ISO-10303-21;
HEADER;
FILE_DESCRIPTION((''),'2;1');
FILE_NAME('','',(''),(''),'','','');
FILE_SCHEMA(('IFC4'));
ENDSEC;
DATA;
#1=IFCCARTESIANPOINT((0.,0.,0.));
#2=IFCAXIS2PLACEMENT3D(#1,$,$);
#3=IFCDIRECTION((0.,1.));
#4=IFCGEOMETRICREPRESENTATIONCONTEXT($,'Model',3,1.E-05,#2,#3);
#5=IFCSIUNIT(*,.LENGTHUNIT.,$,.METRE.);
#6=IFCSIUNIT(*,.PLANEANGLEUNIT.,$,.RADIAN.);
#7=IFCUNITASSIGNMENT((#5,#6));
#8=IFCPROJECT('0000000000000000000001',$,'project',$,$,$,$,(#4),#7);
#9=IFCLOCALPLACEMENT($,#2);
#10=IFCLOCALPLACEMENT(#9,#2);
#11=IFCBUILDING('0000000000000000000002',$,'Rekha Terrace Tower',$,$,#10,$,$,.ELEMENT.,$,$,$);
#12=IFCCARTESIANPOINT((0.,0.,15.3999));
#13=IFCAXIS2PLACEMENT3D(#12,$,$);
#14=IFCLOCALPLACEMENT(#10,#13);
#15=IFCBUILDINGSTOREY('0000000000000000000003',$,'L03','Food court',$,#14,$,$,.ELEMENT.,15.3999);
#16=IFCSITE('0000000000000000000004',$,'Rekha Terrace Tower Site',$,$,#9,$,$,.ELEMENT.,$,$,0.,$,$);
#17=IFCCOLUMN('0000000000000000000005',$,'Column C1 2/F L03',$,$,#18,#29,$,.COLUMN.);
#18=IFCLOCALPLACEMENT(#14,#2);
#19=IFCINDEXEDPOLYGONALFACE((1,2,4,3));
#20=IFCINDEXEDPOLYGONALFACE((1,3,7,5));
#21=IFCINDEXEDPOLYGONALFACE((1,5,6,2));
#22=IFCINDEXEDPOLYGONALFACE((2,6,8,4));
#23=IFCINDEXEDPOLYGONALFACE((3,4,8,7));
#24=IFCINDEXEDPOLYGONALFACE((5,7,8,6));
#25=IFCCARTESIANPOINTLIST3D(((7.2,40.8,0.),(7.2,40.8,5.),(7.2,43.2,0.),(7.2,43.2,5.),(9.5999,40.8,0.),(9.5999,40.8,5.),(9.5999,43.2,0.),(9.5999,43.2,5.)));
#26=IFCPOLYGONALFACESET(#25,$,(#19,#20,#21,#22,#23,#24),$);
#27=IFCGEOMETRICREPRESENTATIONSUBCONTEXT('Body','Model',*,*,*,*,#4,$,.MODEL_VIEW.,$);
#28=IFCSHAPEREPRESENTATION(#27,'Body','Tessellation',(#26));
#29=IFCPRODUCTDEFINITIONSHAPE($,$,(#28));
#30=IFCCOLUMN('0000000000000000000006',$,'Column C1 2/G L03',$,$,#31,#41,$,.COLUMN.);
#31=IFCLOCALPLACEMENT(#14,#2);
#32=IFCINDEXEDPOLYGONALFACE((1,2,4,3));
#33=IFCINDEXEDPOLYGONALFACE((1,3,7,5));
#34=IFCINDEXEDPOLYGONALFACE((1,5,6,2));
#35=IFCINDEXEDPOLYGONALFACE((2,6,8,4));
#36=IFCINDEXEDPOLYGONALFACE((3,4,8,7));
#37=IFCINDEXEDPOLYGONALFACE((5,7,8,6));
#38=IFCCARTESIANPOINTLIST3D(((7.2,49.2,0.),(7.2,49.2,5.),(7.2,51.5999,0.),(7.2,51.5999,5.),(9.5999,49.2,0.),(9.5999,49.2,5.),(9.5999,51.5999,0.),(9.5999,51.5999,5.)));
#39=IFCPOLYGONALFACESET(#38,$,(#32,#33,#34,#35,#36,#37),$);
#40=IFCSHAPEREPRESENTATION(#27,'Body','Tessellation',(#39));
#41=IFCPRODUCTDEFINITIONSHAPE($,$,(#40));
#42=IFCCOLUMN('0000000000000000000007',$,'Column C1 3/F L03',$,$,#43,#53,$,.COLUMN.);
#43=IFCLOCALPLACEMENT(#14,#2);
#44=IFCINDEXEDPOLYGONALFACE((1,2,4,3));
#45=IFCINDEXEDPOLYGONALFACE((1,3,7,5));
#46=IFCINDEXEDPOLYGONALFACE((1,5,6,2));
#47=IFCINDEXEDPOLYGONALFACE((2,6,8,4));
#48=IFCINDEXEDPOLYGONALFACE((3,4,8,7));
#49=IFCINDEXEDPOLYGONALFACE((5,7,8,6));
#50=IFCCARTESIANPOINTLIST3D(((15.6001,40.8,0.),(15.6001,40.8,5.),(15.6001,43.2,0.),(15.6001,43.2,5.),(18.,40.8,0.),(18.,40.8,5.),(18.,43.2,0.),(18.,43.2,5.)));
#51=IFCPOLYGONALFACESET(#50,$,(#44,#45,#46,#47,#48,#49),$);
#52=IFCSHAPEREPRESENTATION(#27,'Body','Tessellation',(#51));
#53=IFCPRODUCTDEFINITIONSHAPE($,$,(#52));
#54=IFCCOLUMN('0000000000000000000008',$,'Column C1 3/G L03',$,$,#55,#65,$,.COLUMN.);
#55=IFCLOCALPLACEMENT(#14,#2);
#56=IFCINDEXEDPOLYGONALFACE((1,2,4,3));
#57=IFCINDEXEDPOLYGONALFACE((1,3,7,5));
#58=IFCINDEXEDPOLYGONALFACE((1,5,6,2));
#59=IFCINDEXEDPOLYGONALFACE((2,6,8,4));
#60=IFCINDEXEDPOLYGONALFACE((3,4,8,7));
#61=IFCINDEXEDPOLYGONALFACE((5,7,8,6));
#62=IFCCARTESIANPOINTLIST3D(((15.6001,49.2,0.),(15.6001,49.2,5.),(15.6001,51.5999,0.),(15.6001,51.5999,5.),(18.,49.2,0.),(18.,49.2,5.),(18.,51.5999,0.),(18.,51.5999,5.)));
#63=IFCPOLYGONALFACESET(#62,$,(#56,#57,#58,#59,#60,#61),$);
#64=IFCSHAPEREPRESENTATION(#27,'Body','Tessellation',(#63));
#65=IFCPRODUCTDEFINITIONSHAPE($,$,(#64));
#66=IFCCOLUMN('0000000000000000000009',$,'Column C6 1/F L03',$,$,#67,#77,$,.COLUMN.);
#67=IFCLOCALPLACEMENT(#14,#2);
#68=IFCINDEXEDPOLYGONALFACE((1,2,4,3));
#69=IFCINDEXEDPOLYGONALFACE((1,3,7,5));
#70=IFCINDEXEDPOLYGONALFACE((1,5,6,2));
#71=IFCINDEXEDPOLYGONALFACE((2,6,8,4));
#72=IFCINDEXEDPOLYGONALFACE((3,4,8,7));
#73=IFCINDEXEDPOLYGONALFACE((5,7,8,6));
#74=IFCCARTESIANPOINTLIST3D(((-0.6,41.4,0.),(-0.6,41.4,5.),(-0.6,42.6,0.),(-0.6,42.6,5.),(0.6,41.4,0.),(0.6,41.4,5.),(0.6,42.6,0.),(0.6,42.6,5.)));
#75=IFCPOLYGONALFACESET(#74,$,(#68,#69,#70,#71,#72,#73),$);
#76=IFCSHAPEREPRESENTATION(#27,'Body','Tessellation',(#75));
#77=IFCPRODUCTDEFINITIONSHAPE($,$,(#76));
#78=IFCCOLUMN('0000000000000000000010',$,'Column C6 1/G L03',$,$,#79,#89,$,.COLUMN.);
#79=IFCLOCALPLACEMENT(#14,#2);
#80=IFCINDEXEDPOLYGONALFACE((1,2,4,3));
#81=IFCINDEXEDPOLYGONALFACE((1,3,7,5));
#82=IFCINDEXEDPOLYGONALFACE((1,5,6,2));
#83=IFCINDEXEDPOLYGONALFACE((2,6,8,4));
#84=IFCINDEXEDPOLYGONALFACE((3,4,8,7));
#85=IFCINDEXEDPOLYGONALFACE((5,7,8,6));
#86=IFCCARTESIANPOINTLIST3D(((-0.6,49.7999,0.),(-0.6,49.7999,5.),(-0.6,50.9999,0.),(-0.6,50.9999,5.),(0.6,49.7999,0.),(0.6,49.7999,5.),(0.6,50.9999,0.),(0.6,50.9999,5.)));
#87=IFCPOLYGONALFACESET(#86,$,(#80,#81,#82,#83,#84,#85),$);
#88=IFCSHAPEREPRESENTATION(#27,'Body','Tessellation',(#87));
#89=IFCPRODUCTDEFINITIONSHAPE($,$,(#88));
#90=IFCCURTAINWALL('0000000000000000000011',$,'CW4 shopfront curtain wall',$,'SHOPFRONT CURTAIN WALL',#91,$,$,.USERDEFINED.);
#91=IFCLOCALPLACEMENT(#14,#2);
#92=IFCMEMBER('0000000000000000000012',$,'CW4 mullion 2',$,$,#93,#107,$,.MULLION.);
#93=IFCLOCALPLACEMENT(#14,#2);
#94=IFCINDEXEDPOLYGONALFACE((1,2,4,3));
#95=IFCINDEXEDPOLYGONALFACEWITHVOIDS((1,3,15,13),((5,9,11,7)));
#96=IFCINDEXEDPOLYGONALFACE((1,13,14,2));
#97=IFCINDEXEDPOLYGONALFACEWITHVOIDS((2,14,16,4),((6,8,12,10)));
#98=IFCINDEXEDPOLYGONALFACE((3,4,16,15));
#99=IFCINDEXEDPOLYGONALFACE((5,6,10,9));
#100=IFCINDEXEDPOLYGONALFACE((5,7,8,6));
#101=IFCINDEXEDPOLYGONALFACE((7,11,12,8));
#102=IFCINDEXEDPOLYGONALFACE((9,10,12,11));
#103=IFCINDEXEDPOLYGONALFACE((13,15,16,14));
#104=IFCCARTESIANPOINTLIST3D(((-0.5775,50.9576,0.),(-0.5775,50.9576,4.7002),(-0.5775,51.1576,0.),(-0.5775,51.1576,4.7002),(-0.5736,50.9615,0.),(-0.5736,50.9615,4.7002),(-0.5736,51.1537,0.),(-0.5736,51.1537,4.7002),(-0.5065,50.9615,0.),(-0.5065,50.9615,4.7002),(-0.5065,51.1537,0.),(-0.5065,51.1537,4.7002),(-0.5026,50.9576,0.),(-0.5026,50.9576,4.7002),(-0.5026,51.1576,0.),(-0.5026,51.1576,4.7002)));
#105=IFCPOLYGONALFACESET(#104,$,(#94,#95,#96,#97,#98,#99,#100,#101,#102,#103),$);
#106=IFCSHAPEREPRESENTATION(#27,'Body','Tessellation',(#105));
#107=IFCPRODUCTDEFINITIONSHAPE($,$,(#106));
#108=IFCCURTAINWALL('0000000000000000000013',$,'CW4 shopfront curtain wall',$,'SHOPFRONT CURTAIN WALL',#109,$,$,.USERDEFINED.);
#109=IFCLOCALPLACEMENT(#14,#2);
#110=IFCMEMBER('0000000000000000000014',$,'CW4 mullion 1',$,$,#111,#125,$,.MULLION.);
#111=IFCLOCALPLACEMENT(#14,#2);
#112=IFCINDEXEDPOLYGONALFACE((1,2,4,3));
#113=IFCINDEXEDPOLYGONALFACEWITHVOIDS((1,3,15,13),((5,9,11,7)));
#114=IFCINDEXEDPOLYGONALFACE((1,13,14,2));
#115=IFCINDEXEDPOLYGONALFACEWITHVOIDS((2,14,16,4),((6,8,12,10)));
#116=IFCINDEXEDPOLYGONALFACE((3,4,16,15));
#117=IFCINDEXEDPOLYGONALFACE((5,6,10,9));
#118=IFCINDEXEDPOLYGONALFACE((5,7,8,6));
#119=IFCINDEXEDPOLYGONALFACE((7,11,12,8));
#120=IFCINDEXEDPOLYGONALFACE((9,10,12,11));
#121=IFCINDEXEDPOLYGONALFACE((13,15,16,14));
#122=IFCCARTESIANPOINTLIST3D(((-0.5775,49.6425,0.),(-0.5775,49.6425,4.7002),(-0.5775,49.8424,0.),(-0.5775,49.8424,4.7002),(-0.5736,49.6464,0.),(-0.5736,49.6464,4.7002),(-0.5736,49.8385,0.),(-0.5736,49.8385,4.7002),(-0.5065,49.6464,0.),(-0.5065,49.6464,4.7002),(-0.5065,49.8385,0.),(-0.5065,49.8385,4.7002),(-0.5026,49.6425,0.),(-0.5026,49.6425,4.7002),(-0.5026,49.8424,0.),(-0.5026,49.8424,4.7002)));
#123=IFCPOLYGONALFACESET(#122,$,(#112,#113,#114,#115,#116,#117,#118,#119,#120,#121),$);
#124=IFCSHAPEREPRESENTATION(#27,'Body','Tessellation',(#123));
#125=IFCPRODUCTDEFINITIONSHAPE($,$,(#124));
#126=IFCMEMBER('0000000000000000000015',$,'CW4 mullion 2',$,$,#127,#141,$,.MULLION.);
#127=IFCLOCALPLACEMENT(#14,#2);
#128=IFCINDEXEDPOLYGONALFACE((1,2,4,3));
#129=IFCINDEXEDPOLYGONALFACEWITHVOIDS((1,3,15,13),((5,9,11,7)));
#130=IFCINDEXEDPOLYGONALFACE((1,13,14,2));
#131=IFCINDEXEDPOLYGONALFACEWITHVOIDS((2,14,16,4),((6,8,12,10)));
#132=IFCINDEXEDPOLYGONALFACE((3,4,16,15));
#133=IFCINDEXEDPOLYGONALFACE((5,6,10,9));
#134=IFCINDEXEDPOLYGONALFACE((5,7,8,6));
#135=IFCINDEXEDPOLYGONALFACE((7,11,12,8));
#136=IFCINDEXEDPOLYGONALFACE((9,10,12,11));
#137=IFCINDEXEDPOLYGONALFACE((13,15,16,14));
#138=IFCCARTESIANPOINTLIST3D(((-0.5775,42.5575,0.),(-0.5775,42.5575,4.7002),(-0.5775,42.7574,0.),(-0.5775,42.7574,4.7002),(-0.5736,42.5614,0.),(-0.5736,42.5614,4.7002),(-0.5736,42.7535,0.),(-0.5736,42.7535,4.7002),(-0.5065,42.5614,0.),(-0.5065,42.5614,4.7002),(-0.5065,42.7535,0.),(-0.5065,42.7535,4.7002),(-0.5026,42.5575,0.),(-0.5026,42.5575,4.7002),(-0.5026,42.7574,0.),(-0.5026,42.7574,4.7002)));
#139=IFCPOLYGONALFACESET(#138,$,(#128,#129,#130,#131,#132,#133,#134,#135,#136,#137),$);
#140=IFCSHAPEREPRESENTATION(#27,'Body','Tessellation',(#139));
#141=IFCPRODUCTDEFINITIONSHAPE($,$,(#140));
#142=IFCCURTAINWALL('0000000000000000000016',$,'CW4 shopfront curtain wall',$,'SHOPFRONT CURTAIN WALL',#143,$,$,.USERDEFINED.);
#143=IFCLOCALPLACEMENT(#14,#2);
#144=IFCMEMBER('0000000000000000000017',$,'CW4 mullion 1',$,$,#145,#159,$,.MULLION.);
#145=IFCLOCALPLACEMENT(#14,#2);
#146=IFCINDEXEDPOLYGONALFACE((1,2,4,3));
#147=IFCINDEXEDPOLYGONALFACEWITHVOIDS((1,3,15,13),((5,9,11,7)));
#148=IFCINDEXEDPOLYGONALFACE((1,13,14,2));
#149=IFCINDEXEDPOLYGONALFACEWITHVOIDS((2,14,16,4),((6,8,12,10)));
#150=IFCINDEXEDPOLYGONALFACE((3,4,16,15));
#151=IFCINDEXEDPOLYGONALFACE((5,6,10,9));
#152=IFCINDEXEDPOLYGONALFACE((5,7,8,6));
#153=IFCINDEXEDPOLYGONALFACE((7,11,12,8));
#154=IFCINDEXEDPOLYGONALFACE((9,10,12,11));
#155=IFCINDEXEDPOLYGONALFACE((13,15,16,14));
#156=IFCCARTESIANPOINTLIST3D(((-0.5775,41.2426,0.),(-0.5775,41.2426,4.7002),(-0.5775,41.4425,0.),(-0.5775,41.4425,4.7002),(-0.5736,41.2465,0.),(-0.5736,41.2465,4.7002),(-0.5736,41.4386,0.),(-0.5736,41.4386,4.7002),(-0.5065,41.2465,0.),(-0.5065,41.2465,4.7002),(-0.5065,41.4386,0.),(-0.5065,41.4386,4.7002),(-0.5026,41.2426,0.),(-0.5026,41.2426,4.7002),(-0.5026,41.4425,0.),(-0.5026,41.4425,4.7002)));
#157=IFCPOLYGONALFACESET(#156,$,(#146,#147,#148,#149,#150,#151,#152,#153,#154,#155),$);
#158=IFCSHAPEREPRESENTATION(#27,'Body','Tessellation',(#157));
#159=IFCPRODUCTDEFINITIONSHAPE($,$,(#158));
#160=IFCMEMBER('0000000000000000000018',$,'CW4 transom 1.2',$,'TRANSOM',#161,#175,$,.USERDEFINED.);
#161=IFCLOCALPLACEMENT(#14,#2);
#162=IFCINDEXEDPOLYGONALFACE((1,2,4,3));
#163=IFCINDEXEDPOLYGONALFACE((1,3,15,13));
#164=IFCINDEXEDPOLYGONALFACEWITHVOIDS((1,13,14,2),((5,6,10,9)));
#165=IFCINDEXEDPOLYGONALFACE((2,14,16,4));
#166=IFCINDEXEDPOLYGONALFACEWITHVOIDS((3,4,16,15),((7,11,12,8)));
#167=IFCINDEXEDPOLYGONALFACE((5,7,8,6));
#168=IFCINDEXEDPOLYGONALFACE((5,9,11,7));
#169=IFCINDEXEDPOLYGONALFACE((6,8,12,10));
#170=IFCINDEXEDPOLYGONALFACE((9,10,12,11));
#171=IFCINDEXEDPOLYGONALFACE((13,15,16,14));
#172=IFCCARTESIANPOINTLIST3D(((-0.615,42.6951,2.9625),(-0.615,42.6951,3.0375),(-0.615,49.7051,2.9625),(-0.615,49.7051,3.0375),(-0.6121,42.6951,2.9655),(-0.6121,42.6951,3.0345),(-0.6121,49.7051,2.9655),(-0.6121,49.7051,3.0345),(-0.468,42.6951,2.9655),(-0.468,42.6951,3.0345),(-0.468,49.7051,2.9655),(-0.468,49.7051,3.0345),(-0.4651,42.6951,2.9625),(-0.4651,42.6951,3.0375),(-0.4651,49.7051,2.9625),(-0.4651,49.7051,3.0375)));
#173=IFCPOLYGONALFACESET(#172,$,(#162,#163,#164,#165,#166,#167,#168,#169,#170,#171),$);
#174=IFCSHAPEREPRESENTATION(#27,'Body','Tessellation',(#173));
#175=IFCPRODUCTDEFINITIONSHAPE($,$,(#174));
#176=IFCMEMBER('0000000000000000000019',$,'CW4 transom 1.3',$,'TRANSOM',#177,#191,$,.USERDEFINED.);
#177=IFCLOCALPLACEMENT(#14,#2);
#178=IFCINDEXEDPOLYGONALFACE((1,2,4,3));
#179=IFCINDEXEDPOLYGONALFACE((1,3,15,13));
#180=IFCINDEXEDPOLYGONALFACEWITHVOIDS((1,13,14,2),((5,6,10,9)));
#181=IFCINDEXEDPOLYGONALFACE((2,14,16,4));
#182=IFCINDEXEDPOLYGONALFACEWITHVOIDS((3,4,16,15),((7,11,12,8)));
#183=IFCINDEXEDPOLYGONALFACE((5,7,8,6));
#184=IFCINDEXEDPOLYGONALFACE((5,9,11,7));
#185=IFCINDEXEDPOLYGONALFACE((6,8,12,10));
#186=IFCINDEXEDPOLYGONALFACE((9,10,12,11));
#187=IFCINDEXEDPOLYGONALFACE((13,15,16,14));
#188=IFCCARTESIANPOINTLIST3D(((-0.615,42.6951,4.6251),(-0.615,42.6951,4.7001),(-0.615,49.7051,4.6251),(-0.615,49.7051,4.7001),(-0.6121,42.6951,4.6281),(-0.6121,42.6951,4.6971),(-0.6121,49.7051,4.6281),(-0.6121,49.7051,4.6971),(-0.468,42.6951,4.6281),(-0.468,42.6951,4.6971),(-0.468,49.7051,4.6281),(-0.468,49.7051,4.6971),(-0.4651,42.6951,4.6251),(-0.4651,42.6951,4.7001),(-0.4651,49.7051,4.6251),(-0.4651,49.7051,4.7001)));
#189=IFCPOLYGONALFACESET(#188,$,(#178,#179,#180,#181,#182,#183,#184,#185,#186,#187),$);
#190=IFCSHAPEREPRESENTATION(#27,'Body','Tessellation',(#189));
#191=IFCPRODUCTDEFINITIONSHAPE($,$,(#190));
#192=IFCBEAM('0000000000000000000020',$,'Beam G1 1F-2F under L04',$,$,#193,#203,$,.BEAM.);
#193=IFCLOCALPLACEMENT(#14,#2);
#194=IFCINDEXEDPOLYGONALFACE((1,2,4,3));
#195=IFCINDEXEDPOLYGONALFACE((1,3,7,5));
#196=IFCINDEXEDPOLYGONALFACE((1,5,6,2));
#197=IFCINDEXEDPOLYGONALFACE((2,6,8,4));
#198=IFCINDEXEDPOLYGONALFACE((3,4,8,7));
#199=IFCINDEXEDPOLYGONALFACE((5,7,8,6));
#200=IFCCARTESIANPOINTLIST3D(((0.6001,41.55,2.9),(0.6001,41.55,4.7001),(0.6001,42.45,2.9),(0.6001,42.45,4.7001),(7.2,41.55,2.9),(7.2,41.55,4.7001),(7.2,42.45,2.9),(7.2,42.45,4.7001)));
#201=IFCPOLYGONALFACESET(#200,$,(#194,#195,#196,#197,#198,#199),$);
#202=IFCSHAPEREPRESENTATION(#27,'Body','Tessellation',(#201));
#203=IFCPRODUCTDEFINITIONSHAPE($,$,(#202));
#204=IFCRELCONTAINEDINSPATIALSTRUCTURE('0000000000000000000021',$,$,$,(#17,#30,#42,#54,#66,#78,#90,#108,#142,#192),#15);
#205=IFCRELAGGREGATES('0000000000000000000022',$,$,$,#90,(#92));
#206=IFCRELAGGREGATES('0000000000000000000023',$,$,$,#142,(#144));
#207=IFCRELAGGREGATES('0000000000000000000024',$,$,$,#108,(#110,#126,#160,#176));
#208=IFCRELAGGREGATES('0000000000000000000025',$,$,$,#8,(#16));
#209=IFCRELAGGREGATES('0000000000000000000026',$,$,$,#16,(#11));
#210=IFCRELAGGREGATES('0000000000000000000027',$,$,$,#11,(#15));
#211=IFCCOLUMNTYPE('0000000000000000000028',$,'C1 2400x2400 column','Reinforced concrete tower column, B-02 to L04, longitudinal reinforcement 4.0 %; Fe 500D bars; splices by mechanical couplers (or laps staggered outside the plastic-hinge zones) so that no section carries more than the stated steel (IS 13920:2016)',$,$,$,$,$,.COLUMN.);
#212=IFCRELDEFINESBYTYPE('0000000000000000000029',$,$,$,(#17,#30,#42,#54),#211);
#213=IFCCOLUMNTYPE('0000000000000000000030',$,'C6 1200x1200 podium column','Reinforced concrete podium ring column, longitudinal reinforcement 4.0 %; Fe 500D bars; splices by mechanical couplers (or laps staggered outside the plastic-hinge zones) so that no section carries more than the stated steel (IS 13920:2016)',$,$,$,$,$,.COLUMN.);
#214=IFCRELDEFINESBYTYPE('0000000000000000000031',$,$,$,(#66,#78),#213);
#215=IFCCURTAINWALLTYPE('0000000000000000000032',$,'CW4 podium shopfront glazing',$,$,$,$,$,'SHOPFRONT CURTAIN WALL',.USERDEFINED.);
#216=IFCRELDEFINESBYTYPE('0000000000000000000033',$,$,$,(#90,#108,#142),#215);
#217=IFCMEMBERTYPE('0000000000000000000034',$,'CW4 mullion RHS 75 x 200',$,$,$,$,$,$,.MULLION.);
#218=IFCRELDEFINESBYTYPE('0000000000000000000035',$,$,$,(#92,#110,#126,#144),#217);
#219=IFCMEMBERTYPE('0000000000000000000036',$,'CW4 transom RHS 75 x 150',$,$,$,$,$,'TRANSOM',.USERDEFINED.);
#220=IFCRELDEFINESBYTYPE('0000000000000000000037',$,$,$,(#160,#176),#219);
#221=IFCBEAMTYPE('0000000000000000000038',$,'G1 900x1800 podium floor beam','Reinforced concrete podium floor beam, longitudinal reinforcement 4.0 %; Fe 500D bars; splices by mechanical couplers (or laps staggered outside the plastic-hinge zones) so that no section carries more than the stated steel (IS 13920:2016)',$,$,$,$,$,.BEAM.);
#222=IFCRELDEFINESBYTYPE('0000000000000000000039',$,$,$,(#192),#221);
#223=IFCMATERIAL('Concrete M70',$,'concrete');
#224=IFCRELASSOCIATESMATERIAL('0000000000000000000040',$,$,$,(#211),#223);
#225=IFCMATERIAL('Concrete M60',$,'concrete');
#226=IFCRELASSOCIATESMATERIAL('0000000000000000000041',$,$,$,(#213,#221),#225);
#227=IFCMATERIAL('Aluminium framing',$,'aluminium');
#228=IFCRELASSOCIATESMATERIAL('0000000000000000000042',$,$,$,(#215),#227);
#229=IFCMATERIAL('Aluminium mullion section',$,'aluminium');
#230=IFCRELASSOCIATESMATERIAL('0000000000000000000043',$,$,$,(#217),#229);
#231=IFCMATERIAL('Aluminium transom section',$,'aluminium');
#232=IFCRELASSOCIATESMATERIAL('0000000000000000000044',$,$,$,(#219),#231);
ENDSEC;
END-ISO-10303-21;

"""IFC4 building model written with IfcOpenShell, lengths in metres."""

from ifc_helpers import new_model, si_unit, direction, frame, origin, origin_2d, place, context, subcontext, project, spatial, rectangle, hollow_rectangle, extrude, material, material_profile, profile_set, type_object, element, aggregate, save


model = new_model("IFC4")

# Units and contexts
model_context = context("Model", 3, precision=1e-05, world=origin(), true_north=direction((0.0, 1.0)))
body_context = subcontext(model_context, "Body", "Model", "MODEL_VIEW")
ifc_project = project(units=[si_unit("LENGTHUNIT", "METRE"), si_unit("PLANEANGLEUNIT", "RADIAN")], contexts=[model_context])

# Site, building, storey
site_placement = place(None, origin())
site = spatial("IfcSite", under=ifc_project, at=site_placement, Name="Rekha Terrace Tower Site", CompositionType="ELEMENT", RefElevation=0.0)
building_placement = place(site_placement, origin())
building = spatial("IfcBuilding", under=site, at=building_placement, Name="Rekha Terrace Tower", CompositionType="ELEMENT")
storey_placement = place(building_placement, frame((0.0, 0.0, 15.3999)))
storey = spatial("IfcBuildingStorey", under=building, at=storey_placement, Name="L03", Description="Food court", CompositionType="ELEMENT", Elevation=15.3999)

# Columns
ifc_material_1 = material(Name="Concrete M70", Category="concrete")
ifc_material_profile_1 = material_profile(ifc_material_1, rectangle(XDim=2.3999, YDim=2.3999, at=origin_2d()), Name="RC 2400x2400")
ifc_profile_set_1 = profile_set([ifc_material_profile_1], Name="Concrete M70")
column_type_1 = type_object("IfcColumnType", Name="C1 2400x2400 column", Description="Reinforced concrete tower column, B-02 to L04, longitudinal reinforcement 4.0 %; Fe 500D bars; splices by mechanical couplers (or laps staggered outside the plastic-hinge zones) so that no section carries more than the stated steel (IS 13920:2016)", PredefinedType="COLUMN", material=ifc_profile_set_1)
for number, where, z_axis, x_axis, name in (
    (1, (8.3999, 42.0, 0.0), (0.0, 0.0, 1.0), (1.0, 0.0, 0.0), "Column C1 2/F L03"),
    (2, (8.3999, 50.3999, 0.0), (0.0, 0.0, 1.0), (1.0, 0.0, 0.0), "Column C1 2/G L03"),
    (3, (16.8, 42.0, 0.0), (0.0, 0.0, 1.0), (1.0, 0.0, 0.0), "Column C1 3/F L03"),
    (4, (16.8, 50.3999, 0.0), (0.0, 0.0, 1.0), (1.0, 0.0, 0.0), "Column C1 3/G L03"),
):
    element("IfcColumn", number, at=place(storey_placement, frame(where, z_axis=z_axis, x_axis=x_axis)), inside=storey, type_object=column_type_1, Name=name, PredefinedType="COLUMN", context=body_context, shape_type="SweptSolid", body=[
        extrude(rectangle(XDim=2.3999, YDim=2.3999, at=origin_2d()), origin(), (0.0, 0.0, 1.0), 5.0),
    ])
ifc_material_2 = material(Name="Concrete M60", Category="concrete")
ifc_material_profile_2 = material_profile(ifc_material_2, rectangle(XDim=1.2, YDim=1.2, at=origin_2d()), Name="RC 1200x1200")
ifc_profile_set_2 = profile_set([ifc_material_profile_2], Name="Concrete M60")
column_type_2 = type_object("IfcColumnType", Name="C6 1200x1200 podium column", Description="Reinforced concrete podium ring column, longitudinal reinforcement 4.0 %; Fe 500D bars; splices by mechanical couplers (or laps staggered outside the plastic-hinge zones) so that no section carries more than the stated steel (IS 13920:2016)", PredefinedType="COLUMN", material=ifc_profile_set_2)
for number, where, z_axis, x_axis, name in (
    (5, (0.0, 42.0, 0.0), (0.0, 0.0, 1.0), (1.0, 0.0, 0.0), "Column C6 1/F L03"),
    (6, (0.0, 50.3999, 0.0), (0.0, 0.0, 1.0), (1.0, 0.0, 0.0), "Column C6 1/G L03"),
):
    element("IfcColumn", number, at=place(storey_placement, frame(where, z_axis=z_axis, x_axis=x_axis)), inside=storey, type_object=column_type_2, Name=name, PredefinedType="COLUMN", context=body_context, shape_type="SweptSolid", body=[
        extrude(rectangle(XDim=1.2, YDim=1.2, at=origin_2d()), origin(), (0.0, 0.0, 1.0), 5.0),
    ])

# Curtain wall, member
ifc_material_3 = material(Name="Aluminium framing", Category="aluminium")
curtain_wall_type = type_object("IfcCurtainWallType", Name="CW4 podium shopfront glazing", ElementType="SHOPFRONT CURTAIN WALL", PredefinedType="USERDEFINED", material=ifc_material_3)
curtain_wall_1_placement = place(storey_placement, origin())
curtain_wall_1 = element("IfcCurtainWall", 7, at=curtain_wall_1_placement, inside=storey, type_object=curtain_wall_type, Name="CW4 shopfront curtain wall", ObjectType="SHOPFRONT CURTAIN WALL", PredefinedType="USERDEFINED")
ifc_material_4 = material(Name="Aluminium mullion section", Category="aluminium")
ifc_material_profile_3 = material_profile(ifc_material_4, hollow_rectangle(XDim=0.075, YDim=0.2, WallThickness=0.0039, at=origin_2d()), Name="AL RHS 75x200")
ifc_profile_set_3 = profile_set([ifc_material_profile_3], Name="Aluminium mullion section")
member_type_1 = type_object("IfcMemberType", Name="CW4 mullion RHS 75 x 200", PredefinedType="MULLION", material=ifc_profile_set_3)
member_1_placement = place(storey_placement, frame((-0.54, 51.0576, 0.0), z_axis=(0.0, 0.0, 1.0), x_axis=(1.0, 0.0, 0.0)))
member_1 = element("IfcMember", 8, at=member_1_placement, type_object=member_type_1, Name="CW4 mullion 2", PredefinedType="MULLION", context=body_context, shape_type="SweptSolid", body=[
    extrude(hollow_rectangle(XDim=0.075, YDim=0.2, WallThickness=0.0039, at=origin_2d()), origin(), (0.0, 0.0, 1.0), 4.7002),
])
aggregate(curtain_wall_1, [member_1])

# Curtain wall, members
curtain_wall_2_placement = place(storey_placement, origin())
curtain_wall_2 = element("IfcCurtainWall", 9, at=curtain_wall_2_placement, inside=storey, type_object=curtain_wall_type, Name="CW4 shopfront curtain wall", ObjectType="SHOPFRONT CURTAIN WALL", PredefinedType="USERDEFINED")
member_2_placement = place(storey_placement, frame((-0.54, 49.7424, 0.0), z_axis=(0.0, 0.0, 1.0), x_axis=(1.0, 0.0, 0.0)))
member_2 = element("IfcMember", 10, at=member_2_placement, type_object=member_type_1, Name="CW4 mullion 1", PredefinedType="MULLION", context=body_context, shape_type="SweptSolid", body=[
    extrude(hollow_rectangle(XDim=0.075, YDim=0.2, WallThickness=0.0039, at=origin_2d()), origin(), (0.0, 0.0, 1.0), 4.7002),
])
member_3_placement = place(storey_placement, frame((-0.54, 42.6575, 0.0), z_axis=(0.0, 0.0, 1.0), x_axis=(1.0, 0.0, 0.0)))
member_3 = element("IfcMember", 11, at=member_3_placement, type_object=member_type_1, Name="CW4 mullion 2", PredefinedType="MULLION", context=body_context, shape_type="SweptSolid", body=[
    extrude(hollow_rectangle(XDim=0.075, YDim=0.2, WallThickness=0.0039, at=origin_2d()), origin(), (0.0, 0.0, 1.0), 4.7002),
])

# Curtain wall, member
curtain_wall_3_placement = place(storey_placement, origin())
curtain_wall_3 = element("IfcCurtainWall", 12, at=curtain_wall_3_placement, inside=storey, type_object=curtain_wall_type, Name="CW4 shopfront curtain wall", ObjectType="SHOPFRONT CURTAIN WALL", PredefinedType="USERDEFINED")
member_4_placement = place(storey_placement, frame((-0.54, 41.3425, 0.0), z_axis=(0.0, 0.0, 1.0), x_axis=(1.0, 0.0, 0.0)))
member_4 = element("IfcMember", 13, at=member_4_placement, type_object=member_type_1, Name="CW4 mullion 1", PredefinedType="MULLION", context=body_context, shape_type="SweptSolid", body=[
    extrude(hollow_rectangle(XDim=0.075, YDim=0.2, WallThickness=0.0039, at=origin_2d()), origin(), (0.0, 0.0, 1.0), 4.7002),
])
aggregate(curtain_wall_3, [member_4])

# Members
ifc_material_5 = material(Name="Aluminium transom section", Category="aluminium")
ifc_material_profile_4 = material_profile(ifc_material_5, hollow_rectangle(XDim=0.1499, YDim=0.075, WallThickness=0.0029, at=origin_2d()), Name="AL RHS 150x75")
ifc_profile_set_4 = profile_set([ifc_material_profile_4], Name="Aluminium transom section")
member_type_2 = type_object("IfcMemberType", Name="CW4 transom RHS 75 x 150", ElementType="TRANSOM", PredefinedType="USERDEFINED", material=ifc_profile_set_4)
member_5_placement = place(storey_placement, frame((-0.54, 49.7051, 3.0), z_axis=(0.0, -1.0, 0.0), x_axis=(1.0, 0.0, 0.0)))
member_5 = element("IfcMember", 14, at=member_5_placement, type_object=member_type_2, Name="CW4 transom 1.2", ObjectType="TRANSOM", PredefinedType="USERDEFINED", context=body_context, shape_type="SweptSolid", body=[
    extrude(hollow_rectangle(XDim=0.1499, YDim=0.075, WallThickness=0.0029, at=origin_2d()), origin(), (0.0, 0.0, 1.0), 7.01),
])
member_6_placement = place(storey_placement, frame((-0.54, 49.7051, 4.6626), z_axis=(0.0, -1.0, 0.0), x_axis=(1.0, 0.0, 0.0)))
member_6 = element("IfcMember", 15, at=member_6_placement, type_object=member_type_2, Name="CW4 transom 1.3", ObjectType="TRANSOM", PredefinedType="USERDEFINED", context=body_context, shape_type="SweptSolid", body=[
    extrude(hollow_rectangle(XDim=0.1499, YDim=0.075, WallThickness=0.0029, at=origin_2d()), origin(), (0.0, 0.0, 1.0), 7.01),
])

# Beam
ifc_material_profile_5 = material_profile(ifc_material_2, rectangle(XDim=0.8999, YDim=1.8, at=origin_2d()), Name="RC 900x1800")
ifc_profile_set_5 = profile_set([ifc_material_profile_5], Name="Concrete M60")
beam_type = type_object("IfcBeamType", Name="G1 900x1800 podium floor beam", Description="Reinforced concrete podium floor beam, longitudinal reinforcement 4.0 %; Fe 500D bars; splices by mechanical couplers (or laps staggered outside the plastic-hinge zones) so that no section carries more than the stated steel (IS 13920:2016)", PredefinedType="BEAM", material=ifc_profile_set_5)
beam_1_placement = place(storey_placement, frame((0.6001, 42.0, 3.8), z_axis=(1.0, 0.0, 0.0), x_axis=(0.0, 1.0, 0.0)))
element("IfcBeam", 16, at=beam_1_placement, inside=storey, type_object=beam_type, Name="Beam G1 1F-2F under L04", PredefinedType="BEAM", context=body_context, shape_type="SweptSolid", body=[
    extrude(rectangle(XDim=0.8999, YDim=1.8, at=origin_2d()), origin(), (0.0, 0.0, 1.0), 6.5999),
])

aggregate(curtain_wall_2, [member_2, member_3, member_5, member_6])

save(model, "model.ifc")
